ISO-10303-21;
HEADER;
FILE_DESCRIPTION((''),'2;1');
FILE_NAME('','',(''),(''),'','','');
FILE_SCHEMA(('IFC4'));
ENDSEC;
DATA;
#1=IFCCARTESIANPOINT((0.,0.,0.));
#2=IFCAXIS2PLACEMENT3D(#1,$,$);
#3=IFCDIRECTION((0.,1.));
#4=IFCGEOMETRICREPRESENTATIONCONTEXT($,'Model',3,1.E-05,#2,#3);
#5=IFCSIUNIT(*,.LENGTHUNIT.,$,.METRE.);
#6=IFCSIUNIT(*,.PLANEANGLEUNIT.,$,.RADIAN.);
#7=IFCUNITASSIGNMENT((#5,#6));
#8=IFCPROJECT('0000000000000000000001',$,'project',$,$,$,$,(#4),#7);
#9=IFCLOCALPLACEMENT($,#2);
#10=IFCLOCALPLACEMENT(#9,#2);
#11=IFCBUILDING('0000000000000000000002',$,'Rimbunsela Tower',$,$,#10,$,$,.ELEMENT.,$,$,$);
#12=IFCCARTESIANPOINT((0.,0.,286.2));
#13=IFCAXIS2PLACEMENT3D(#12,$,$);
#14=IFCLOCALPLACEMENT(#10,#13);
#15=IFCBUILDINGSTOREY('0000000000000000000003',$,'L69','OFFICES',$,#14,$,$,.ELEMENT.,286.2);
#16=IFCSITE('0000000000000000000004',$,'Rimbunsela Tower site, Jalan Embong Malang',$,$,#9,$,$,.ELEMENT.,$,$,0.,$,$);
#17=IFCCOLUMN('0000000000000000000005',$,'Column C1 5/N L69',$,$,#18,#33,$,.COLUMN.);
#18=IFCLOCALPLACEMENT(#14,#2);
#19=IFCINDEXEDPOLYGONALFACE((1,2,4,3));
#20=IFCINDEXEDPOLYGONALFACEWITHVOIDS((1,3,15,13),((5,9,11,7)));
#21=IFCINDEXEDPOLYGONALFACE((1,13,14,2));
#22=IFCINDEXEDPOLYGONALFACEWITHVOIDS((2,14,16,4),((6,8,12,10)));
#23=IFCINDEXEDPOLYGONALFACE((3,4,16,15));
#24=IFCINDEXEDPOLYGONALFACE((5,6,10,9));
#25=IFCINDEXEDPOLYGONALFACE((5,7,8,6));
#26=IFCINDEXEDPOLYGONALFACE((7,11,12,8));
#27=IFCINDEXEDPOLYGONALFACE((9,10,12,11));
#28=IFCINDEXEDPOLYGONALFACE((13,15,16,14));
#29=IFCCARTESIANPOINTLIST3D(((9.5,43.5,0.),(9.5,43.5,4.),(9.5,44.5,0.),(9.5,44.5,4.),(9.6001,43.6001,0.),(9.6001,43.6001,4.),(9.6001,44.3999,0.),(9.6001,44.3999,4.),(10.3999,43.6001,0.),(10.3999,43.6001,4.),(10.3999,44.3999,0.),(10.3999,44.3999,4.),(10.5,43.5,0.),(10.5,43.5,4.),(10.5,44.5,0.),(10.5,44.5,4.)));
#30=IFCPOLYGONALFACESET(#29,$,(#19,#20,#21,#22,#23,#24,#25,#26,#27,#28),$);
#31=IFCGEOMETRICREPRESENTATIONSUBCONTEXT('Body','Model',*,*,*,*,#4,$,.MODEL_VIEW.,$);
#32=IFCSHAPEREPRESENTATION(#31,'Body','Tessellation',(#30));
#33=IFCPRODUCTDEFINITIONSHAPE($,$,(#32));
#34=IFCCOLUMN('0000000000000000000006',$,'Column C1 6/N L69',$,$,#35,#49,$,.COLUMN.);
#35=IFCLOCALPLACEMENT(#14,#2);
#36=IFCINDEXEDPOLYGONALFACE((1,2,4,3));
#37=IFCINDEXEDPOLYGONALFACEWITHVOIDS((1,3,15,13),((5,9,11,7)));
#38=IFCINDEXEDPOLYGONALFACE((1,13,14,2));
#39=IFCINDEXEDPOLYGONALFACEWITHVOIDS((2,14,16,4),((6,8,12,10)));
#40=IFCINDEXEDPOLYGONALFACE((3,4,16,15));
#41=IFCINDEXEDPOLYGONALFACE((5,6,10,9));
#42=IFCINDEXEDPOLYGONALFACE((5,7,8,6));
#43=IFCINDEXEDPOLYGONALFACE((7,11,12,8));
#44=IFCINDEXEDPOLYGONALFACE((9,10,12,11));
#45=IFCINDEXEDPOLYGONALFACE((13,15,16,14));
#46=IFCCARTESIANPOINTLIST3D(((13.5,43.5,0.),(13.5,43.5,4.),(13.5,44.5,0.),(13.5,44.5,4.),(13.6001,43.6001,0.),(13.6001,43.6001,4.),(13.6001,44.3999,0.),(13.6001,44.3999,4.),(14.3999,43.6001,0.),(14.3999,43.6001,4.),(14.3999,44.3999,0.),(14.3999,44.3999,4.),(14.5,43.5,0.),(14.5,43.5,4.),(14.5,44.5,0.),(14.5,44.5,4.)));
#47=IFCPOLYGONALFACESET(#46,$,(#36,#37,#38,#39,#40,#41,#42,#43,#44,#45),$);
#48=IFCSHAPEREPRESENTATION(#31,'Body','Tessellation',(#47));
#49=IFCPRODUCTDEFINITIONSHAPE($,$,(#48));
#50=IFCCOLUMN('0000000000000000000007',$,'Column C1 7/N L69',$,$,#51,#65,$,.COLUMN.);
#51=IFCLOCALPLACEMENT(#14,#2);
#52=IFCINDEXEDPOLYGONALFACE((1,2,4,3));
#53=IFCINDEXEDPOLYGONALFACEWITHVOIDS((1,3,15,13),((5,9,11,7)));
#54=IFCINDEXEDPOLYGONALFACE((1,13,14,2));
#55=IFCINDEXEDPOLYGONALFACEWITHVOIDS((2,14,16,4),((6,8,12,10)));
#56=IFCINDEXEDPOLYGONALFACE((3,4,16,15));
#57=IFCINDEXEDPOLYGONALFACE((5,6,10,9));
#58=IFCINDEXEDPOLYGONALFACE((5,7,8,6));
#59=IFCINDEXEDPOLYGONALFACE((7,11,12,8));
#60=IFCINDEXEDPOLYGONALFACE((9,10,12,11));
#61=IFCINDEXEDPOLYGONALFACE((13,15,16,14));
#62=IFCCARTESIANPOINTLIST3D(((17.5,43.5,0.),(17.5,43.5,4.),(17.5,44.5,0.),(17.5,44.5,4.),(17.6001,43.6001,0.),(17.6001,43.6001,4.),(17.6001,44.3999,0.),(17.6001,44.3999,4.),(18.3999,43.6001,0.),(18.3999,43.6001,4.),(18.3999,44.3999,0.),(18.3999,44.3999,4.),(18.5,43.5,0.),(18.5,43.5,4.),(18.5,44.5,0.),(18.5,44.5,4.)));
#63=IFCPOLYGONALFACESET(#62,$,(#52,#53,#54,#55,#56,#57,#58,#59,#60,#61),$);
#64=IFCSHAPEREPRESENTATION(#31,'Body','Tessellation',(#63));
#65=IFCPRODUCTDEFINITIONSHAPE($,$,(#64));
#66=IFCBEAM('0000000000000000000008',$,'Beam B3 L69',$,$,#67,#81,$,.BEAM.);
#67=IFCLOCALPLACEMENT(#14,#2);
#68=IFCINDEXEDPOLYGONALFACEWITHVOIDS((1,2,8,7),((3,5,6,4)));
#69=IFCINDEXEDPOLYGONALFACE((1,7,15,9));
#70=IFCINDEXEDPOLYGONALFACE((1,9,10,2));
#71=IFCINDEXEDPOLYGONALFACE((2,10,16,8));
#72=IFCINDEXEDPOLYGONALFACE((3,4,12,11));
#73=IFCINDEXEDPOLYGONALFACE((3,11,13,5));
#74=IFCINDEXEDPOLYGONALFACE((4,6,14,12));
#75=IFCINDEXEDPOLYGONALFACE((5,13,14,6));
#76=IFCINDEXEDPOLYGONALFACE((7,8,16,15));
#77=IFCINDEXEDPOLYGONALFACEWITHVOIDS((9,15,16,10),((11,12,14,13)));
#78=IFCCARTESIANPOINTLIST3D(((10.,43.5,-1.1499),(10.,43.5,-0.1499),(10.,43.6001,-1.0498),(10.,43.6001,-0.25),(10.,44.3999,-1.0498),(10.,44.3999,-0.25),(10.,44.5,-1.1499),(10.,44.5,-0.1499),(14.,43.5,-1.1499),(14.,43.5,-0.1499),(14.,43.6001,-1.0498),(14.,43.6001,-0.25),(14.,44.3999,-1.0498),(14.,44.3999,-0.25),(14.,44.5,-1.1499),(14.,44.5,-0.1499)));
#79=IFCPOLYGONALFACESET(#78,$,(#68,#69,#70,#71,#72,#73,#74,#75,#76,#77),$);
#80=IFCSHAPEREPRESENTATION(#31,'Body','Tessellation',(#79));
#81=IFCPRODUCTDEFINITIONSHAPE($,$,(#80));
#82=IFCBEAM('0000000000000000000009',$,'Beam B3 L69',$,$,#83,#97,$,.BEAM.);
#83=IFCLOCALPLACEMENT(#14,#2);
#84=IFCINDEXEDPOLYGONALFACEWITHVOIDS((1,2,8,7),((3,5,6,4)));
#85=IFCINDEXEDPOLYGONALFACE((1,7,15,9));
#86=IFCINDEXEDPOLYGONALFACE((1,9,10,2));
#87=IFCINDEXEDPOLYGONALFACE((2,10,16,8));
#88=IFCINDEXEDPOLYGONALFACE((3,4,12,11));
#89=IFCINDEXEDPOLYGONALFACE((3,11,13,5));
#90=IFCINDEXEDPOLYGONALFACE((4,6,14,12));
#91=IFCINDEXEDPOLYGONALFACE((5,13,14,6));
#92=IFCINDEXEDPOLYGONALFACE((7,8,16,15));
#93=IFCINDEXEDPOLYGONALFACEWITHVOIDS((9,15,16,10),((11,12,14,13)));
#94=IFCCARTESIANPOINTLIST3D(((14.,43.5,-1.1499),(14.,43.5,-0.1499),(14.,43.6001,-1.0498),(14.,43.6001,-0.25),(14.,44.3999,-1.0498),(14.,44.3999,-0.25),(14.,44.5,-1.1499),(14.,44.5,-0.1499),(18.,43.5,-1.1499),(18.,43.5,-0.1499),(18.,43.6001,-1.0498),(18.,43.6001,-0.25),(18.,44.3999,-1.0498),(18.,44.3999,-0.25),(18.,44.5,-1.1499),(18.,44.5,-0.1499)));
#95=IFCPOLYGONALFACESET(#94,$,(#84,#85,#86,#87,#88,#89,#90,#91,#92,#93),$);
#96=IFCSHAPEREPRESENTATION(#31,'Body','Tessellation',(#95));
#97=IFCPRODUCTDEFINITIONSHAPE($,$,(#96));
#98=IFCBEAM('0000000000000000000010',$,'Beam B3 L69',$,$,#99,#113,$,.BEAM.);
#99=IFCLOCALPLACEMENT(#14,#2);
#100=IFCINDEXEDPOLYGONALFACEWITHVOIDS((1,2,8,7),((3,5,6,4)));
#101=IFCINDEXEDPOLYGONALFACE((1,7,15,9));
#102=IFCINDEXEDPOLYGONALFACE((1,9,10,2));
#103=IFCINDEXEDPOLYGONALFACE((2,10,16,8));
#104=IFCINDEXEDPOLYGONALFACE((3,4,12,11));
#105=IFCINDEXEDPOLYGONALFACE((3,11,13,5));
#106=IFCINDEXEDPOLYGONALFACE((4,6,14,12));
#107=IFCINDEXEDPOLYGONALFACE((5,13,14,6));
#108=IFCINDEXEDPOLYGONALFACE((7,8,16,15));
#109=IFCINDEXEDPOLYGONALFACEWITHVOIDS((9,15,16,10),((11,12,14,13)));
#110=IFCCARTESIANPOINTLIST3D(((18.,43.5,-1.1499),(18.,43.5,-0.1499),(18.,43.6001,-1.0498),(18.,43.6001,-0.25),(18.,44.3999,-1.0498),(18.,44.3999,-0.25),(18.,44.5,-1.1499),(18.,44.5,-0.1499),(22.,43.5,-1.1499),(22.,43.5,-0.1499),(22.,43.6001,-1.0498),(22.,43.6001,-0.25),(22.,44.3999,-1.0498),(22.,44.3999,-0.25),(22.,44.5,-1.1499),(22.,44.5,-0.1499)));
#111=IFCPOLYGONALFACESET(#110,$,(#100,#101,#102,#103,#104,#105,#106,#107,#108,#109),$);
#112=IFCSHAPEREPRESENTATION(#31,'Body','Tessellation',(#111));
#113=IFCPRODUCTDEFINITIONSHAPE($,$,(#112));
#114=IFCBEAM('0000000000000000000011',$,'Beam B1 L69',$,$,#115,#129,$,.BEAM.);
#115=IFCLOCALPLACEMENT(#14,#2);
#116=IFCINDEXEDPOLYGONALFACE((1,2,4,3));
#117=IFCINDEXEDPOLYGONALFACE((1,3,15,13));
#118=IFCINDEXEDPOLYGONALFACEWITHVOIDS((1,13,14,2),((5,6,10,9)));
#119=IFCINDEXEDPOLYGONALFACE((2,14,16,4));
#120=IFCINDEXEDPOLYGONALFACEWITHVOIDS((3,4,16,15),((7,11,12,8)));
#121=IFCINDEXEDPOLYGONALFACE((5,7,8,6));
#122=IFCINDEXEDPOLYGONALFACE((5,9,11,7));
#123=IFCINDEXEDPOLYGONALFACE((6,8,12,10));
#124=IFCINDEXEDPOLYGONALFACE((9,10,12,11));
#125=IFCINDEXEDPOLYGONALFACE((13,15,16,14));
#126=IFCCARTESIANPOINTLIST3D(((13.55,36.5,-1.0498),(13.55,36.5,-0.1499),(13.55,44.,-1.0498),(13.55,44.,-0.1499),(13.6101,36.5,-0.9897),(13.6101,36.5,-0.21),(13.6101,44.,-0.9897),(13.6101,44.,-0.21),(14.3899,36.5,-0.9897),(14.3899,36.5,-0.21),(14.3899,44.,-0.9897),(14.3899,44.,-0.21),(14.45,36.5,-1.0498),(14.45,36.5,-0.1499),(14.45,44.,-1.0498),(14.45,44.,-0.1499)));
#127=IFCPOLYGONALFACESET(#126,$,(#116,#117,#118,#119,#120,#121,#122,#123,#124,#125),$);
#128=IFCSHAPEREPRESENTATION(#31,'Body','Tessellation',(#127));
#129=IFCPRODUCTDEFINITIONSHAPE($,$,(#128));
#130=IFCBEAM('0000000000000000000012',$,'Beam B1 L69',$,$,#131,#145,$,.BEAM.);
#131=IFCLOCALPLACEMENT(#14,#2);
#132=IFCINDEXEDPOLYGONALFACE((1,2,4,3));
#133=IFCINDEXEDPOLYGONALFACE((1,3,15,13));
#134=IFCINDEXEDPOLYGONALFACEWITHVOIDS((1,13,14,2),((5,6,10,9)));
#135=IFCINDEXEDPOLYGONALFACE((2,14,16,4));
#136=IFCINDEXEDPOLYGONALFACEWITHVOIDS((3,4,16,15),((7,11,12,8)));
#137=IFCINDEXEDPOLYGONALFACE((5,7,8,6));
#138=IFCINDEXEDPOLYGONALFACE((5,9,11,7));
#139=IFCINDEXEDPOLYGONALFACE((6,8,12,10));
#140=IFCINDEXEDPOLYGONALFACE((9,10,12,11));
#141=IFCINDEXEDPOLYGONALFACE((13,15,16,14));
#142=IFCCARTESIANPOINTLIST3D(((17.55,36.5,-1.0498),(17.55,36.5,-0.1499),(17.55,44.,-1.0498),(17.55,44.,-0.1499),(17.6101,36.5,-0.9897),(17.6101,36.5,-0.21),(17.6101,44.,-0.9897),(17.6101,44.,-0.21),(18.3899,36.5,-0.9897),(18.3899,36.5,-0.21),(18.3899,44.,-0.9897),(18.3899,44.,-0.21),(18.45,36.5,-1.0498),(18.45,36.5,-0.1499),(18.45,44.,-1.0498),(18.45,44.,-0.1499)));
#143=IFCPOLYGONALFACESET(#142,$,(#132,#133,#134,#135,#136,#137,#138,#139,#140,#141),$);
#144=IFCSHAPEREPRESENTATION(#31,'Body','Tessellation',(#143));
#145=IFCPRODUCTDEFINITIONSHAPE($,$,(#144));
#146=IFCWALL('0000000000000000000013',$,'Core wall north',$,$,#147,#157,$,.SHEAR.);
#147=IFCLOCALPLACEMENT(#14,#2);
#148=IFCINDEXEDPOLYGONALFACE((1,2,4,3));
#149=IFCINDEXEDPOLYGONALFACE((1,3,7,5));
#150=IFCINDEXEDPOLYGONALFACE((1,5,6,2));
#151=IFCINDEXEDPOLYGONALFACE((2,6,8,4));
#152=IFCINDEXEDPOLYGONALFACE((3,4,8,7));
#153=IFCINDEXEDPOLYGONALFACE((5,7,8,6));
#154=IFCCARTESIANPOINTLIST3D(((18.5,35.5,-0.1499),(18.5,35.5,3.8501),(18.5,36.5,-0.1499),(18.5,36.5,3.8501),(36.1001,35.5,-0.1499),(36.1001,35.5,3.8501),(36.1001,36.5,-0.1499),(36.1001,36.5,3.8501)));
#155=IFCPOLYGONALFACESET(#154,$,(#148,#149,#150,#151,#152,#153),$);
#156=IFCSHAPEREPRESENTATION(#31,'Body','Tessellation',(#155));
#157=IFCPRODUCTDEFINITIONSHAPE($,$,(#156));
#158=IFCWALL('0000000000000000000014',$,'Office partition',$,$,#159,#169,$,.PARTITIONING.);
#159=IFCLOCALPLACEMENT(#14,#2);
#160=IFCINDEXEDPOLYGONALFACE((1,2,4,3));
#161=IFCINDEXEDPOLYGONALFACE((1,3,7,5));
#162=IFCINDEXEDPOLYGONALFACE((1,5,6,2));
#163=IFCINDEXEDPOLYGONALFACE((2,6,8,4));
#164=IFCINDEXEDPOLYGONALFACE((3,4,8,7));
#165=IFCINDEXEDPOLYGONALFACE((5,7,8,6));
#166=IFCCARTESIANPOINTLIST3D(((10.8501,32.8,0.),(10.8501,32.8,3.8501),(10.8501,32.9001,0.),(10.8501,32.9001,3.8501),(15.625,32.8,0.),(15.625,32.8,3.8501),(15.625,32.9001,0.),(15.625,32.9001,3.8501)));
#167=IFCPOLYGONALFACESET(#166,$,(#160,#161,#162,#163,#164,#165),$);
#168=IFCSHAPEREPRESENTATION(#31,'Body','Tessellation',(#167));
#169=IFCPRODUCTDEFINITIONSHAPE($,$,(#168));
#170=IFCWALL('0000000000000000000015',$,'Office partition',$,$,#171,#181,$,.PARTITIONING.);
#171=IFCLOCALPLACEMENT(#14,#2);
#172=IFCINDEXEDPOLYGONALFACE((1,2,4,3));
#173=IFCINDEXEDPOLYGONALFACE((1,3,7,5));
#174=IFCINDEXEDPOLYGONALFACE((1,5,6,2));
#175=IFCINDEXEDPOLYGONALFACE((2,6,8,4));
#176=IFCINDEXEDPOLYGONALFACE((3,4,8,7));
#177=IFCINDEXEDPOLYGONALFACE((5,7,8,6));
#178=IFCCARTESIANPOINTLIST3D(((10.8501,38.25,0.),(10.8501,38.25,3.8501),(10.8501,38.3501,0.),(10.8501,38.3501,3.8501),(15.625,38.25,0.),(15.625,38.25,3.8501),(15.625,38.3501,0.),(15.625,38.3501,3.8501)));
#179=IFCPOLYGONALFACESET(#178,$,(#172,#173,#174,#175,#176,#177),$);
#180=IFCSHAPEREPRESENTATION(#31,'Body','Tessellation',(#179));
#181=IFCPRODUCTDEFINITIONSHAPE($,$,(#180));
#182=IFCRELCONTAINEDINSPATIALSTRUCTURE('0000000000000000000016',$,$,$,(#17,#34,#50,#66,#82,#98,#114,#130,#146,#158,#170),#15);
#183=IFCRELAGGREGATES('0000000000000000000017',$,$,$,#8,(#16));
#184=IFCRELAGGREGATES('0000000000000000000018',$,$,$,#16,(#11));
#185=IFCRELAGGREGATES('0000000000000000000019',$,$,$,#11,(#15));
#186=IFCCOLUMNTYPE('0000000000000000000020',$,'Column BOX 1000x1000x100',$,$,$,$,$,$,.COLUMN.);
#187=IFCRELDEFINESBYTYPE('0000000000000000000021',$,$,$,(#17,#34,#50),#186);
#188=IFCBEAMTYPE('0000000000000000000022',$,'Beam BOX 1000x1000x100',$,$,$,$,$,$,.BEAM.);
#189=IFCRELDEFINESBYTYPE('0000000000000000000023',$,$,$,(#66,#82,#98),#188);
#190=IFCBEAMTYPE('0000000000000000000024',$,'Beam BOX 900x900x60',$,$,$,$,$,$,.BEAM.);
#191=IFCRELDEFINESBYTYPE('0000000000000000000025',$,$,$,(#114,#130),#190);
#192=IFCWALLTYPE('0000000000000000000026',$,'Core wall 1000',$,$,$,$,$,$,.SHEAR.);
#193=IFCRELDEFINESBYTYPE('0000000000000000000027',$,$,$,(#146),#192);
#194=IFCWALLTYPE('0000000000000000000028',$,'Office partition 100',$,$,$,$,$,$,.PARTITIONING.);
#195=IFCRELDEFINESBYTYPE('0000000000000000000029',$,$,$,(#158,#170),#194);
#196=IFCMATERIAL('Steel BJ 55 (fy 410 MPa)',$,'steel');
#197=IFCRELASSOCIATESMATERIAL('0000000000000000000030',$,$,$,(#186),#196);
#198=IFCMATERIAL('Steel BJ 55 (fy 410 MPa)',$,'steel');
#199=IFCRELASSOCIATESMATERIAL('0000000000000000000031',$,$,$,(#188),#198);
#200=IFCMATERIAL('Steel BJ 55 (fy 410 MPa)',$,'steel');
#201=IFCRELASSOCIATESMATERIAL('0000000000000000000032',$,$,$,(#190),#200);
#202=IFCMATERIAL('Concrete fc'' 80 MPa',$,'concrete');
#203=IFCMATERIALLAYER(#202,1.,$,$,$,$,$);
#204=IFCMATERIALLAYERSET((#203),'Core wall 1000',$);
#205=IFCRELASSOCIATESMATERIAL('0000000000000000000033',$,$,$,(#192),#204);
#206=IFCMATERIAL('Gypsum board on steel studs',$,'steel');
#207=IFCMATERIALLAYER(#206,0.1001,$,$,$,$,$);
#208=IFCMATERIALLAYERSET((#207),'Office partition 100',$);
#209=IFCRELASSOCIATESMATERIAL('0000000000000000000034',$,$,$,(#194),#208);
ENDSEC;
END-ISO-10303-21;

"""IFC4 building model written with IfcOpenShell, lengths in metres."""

from ifc_helpers import new_model, si_unit, direction, frame, frame_2d, origin, origin_2d, place, context, subcontext, project, spatial, rectangle, hollow_rectangle, extrude, material, layer, layer_set, material_profile, profile_set, type_object, element, save


model = new_model("IFC4")

# Units and contexts
model_context = context("Model", 3, precision=1e-05, world=origin(), true_north=direction((0.0, 1.0)))
body_context = subcontext(model_context, "Body", "Model", "MODEL_VIEW")
ifc_project = project(units=[si_unit("LENGTHUNIT", "METRE"), si_unit("PLANEANGLEUNIT", "RADIAN")], contexts=[model_context])

# Site, building, storey
site_placement = place(None, origin())
site = spatial("IfcSite", under=ifc_project, at=site_placement, Name="Rimbunsela Tower site, Jalan Embong Malang", CompositionType="ELEMENT", RefElevation=0.0)
building_placement = place(site_placement, origin())
building = spatial("IfcBuilding", under=site, at=building_placement, Name="Rimbunsela Tower", CompositionType="ELEMENT")
storey_placement = place(building_placement, frame((0.0, 0.0, 286.2)))
storey = spatial("IfcBuildingStorey", under=building, at=storey_placement, Name="L69", Description="OFFICES", CompositionType="ELEMENT", Elevation=286.2)

# Columns
ifc_material_1 = material(Name="Steel BJ 55 (fy 410 MPa)", Category="steel")
ifc_material_profile_1 = material_profile(ifc_material_1, hollow_rectangle(XDim=1.0, YDim=1.0, WallThickness=0.1001, at=origin_2d()), Name="BOX 1000x1000x100")
ifc_profile_set_1 = profile_set([ifc_material_profile_1], Name="Steel BJ 55 (fy 410 MPa)")
column_type = type_object("IfcColumnType", Name="Column BOX 1000x1000x100", PredefinedType="COLUMN", material=ifc_profile_set_1)
for number, where, z_axis, x_axis, name in (
    (1, (10.0, 44.0, 0.0), (0.0, 0.0, 1.0), (1.0, 0.0, 0.0), "Column C1 5/N L69"),
    (2, (14.0, 44.0, 0.0), (0.0, 0.0, 1.0), (1.0, 0.0, 0.0), "Column C1 6/N L69"),
    (3, (18.0, 44.0, 0.0), (0.0, 0.0, 1.0), (1.0, 0.0, 0.0), "Column C1 7/N L69"),
):
    element("IfcColumn", number, at=place(storey_placement, frame(where, z_axis=z_axis, x_axis=x_axis)), inside=storey, type_object=column_type, Name=name, PredefinedType="COLUMN", context=body_context, shape_type="SweptSolid", body=[
        extrude(hollow_rectangle(XDim=1.0, YDim=1.0, WallThickness=0.1001, at=origin_2d()), origin(), (0.0, 0.0, 1.0), 4.0),
    ])

# Beams
ifc_material_2 = material(Name="Steel BJ 55 (fy 410 MPa)", Category="steel")
ifc_material_profile_2 = material_profile(ifc_material_2, hollow_rectangle(XDim=1.0, YDim=1.0, WallThickness=0.1001, at=origin_2d()), Name="BOX 1000x1000x100")
ifc_profile_set_2 = profile_set([ifc_material_profile_2], Name="Steel BJ 55 (fy 410 MPa)")
beam_type_1 = type_object("IfcBeamType", Name="Beam BOX 1000x1000x100", PredefinedType="BEAM", material=ifc_profile_set_2)
for number, where, z_axis, x_axis, name in (
    (4, (10.0, 44.0, -0.6499), (1.0, 0.0, 0.0), (0.0, 1.0, 0.0), "Beam B3 L69"),
    (5, (14.0, 44.0, -0.6499), (1.0, 0.0, 0.0), (0.0, 1.0, 0.0), "Beam B3 L69"),
    (6, (18.0, 44.0, -0.6499), (1.0, 0.0, 0.0), (0.0, 1.0, 0.0), "Beam B3 L69"),
):
    element("IfcBeam", number, at=place(storey_placement, frame(where, z_axis=z_axis, x_axis=x_axis)), inside=storey, type_object=beam_type_1, Name=name, PredefinedType="BEAM", context=body_context, shape_type="SweptSolid", body=[
        extrude(hollow_rectangle(XDim=1.0, YDim=1.0, WallThickness=0.1001, at=origin_2d()), origin(), (0.0, 0.0, 1.0), 4.0),
    ])
ifc_material_3 = material(Name="Steel BJ 55 (fy 410 MPa)", Category="steel")
ifc_material_profile_3 = material_profile(ifc_material_3, hollow_rectangle(XDim=0.8999, YDim=0.8999, WallThickness=0.0601, at=origin_2d()), Name="BOX 900x900x60")
ifc_profile_set_3 = profile_set([ifc_material_profile_3], Name="Steel BJ 55 (fy 410 MPa)")
beam_type_2 = type_object("IfcBeamType", Name="Beam BOX 900x900x60", PredefinedType="BEAM", material=ifc_profile_set_3)
for number, where, z_axis, x_axis, name in (
    (7, (14.0, 36.5, -0.5999), (0.0, 1.0, 0.0), (-1.0, 0.0, 0.0), "Beam B1 L69"),
    (8, (18.0, 36.5, -0.5999), (0.0, 1.0, 0.0), (-1.0, 0.0, 0.0), "Beam B1 L69"),
):
    element("IfcBeam", number, at=place(storey_placement, frame(where, z_axis=z_axis, x_axis=x_axis)), inside=storey, type_object=beam_type_2, Name=name, PredefinedType="BEAM", context=body_context, shape_type="SweptSolid", body=[
        extrude(hollow_rectangle(XDim=0.8999, YDim=0.8999, WallThickness=0.0601, at=origin_2d()), origin(), (0.0, 0.0, 1.0), 7.5),
    ])

# Walls
ifc_material_4 = material(Name="Concrete fc' 80 MPa", Category="concrete")
ifc_layer_1 = layer(ifc_material_4, 1.0)
ifc_layer_set_1 = layer_set([ifc_layer_1], Name="Core wall 1000")
wall_type_1 = type_object("IfcWallType", Name="Core wall 1000", PredefinedType="SHEAR", material=ifc_layer_set_1)
wall_1_placement = place(storey_placement, frame((18.5, 36.0, -0.1499), z_axis=(0.0, 0.0, 1.0), x_axis=(1.0, 0.0, 0.0)))
element("IfcWall", 9, at=wall_1_placement, inside=storey, type_object=wall_type_1, Name="Core wall north", PredefinedType="SHEAR", context=body_context, shape_type="SweptSolid", body=[
    extrude(rectangle(XDim=17.6001, YDim=1.0, at=frame_2d((8.8, 0.0))), origin(), (0.0, 0.0, 1.0), 4.0),
])
ifc_material_5 = material(Name="Gypsum board on steel studs", Category="steel")
ifc_layer_2 = layer(ifc_material_5, 0.1001)
ifc_layer_set_2 = layer_set([ifc_layer_2], Name="Office partition 100")
wall_type_2 = type_object("IfcWallType", Name="Office partition 100", PredefinedType="PARTITIONING", material=ifc_layer_set_2)
for number, where, z_axis, x_axis, name in (
    (10, (10.8501, 32.8501, 0.0), (0.0, 0.0, 1.0), (1.0, 0.0, 0.0), "Office partition"),
    (11, (10.8501, 38.3, 0.0), (0.0, 0.0, 1.0), (1.0, 0.0, 0.0), "Office partition"),
):
    element("IfcWall", number, at=place(storey_placement, frame(where, z_axis=z_axis, x_axis=x_axis)), inside=storey, type_object=wall_type_2, Name=name, PredefinedType="PARTITIONING", context=body_context, shape_type="SweptSolid", body=[
        extrude(rectangle(XDim=4.7749, YDim=0.1001, at=frame_2d((2.3875, 0.0))), origin(), (0.0, 0.0, 1.0), 3.8501),
    ])

save(model, "model.ifc")
